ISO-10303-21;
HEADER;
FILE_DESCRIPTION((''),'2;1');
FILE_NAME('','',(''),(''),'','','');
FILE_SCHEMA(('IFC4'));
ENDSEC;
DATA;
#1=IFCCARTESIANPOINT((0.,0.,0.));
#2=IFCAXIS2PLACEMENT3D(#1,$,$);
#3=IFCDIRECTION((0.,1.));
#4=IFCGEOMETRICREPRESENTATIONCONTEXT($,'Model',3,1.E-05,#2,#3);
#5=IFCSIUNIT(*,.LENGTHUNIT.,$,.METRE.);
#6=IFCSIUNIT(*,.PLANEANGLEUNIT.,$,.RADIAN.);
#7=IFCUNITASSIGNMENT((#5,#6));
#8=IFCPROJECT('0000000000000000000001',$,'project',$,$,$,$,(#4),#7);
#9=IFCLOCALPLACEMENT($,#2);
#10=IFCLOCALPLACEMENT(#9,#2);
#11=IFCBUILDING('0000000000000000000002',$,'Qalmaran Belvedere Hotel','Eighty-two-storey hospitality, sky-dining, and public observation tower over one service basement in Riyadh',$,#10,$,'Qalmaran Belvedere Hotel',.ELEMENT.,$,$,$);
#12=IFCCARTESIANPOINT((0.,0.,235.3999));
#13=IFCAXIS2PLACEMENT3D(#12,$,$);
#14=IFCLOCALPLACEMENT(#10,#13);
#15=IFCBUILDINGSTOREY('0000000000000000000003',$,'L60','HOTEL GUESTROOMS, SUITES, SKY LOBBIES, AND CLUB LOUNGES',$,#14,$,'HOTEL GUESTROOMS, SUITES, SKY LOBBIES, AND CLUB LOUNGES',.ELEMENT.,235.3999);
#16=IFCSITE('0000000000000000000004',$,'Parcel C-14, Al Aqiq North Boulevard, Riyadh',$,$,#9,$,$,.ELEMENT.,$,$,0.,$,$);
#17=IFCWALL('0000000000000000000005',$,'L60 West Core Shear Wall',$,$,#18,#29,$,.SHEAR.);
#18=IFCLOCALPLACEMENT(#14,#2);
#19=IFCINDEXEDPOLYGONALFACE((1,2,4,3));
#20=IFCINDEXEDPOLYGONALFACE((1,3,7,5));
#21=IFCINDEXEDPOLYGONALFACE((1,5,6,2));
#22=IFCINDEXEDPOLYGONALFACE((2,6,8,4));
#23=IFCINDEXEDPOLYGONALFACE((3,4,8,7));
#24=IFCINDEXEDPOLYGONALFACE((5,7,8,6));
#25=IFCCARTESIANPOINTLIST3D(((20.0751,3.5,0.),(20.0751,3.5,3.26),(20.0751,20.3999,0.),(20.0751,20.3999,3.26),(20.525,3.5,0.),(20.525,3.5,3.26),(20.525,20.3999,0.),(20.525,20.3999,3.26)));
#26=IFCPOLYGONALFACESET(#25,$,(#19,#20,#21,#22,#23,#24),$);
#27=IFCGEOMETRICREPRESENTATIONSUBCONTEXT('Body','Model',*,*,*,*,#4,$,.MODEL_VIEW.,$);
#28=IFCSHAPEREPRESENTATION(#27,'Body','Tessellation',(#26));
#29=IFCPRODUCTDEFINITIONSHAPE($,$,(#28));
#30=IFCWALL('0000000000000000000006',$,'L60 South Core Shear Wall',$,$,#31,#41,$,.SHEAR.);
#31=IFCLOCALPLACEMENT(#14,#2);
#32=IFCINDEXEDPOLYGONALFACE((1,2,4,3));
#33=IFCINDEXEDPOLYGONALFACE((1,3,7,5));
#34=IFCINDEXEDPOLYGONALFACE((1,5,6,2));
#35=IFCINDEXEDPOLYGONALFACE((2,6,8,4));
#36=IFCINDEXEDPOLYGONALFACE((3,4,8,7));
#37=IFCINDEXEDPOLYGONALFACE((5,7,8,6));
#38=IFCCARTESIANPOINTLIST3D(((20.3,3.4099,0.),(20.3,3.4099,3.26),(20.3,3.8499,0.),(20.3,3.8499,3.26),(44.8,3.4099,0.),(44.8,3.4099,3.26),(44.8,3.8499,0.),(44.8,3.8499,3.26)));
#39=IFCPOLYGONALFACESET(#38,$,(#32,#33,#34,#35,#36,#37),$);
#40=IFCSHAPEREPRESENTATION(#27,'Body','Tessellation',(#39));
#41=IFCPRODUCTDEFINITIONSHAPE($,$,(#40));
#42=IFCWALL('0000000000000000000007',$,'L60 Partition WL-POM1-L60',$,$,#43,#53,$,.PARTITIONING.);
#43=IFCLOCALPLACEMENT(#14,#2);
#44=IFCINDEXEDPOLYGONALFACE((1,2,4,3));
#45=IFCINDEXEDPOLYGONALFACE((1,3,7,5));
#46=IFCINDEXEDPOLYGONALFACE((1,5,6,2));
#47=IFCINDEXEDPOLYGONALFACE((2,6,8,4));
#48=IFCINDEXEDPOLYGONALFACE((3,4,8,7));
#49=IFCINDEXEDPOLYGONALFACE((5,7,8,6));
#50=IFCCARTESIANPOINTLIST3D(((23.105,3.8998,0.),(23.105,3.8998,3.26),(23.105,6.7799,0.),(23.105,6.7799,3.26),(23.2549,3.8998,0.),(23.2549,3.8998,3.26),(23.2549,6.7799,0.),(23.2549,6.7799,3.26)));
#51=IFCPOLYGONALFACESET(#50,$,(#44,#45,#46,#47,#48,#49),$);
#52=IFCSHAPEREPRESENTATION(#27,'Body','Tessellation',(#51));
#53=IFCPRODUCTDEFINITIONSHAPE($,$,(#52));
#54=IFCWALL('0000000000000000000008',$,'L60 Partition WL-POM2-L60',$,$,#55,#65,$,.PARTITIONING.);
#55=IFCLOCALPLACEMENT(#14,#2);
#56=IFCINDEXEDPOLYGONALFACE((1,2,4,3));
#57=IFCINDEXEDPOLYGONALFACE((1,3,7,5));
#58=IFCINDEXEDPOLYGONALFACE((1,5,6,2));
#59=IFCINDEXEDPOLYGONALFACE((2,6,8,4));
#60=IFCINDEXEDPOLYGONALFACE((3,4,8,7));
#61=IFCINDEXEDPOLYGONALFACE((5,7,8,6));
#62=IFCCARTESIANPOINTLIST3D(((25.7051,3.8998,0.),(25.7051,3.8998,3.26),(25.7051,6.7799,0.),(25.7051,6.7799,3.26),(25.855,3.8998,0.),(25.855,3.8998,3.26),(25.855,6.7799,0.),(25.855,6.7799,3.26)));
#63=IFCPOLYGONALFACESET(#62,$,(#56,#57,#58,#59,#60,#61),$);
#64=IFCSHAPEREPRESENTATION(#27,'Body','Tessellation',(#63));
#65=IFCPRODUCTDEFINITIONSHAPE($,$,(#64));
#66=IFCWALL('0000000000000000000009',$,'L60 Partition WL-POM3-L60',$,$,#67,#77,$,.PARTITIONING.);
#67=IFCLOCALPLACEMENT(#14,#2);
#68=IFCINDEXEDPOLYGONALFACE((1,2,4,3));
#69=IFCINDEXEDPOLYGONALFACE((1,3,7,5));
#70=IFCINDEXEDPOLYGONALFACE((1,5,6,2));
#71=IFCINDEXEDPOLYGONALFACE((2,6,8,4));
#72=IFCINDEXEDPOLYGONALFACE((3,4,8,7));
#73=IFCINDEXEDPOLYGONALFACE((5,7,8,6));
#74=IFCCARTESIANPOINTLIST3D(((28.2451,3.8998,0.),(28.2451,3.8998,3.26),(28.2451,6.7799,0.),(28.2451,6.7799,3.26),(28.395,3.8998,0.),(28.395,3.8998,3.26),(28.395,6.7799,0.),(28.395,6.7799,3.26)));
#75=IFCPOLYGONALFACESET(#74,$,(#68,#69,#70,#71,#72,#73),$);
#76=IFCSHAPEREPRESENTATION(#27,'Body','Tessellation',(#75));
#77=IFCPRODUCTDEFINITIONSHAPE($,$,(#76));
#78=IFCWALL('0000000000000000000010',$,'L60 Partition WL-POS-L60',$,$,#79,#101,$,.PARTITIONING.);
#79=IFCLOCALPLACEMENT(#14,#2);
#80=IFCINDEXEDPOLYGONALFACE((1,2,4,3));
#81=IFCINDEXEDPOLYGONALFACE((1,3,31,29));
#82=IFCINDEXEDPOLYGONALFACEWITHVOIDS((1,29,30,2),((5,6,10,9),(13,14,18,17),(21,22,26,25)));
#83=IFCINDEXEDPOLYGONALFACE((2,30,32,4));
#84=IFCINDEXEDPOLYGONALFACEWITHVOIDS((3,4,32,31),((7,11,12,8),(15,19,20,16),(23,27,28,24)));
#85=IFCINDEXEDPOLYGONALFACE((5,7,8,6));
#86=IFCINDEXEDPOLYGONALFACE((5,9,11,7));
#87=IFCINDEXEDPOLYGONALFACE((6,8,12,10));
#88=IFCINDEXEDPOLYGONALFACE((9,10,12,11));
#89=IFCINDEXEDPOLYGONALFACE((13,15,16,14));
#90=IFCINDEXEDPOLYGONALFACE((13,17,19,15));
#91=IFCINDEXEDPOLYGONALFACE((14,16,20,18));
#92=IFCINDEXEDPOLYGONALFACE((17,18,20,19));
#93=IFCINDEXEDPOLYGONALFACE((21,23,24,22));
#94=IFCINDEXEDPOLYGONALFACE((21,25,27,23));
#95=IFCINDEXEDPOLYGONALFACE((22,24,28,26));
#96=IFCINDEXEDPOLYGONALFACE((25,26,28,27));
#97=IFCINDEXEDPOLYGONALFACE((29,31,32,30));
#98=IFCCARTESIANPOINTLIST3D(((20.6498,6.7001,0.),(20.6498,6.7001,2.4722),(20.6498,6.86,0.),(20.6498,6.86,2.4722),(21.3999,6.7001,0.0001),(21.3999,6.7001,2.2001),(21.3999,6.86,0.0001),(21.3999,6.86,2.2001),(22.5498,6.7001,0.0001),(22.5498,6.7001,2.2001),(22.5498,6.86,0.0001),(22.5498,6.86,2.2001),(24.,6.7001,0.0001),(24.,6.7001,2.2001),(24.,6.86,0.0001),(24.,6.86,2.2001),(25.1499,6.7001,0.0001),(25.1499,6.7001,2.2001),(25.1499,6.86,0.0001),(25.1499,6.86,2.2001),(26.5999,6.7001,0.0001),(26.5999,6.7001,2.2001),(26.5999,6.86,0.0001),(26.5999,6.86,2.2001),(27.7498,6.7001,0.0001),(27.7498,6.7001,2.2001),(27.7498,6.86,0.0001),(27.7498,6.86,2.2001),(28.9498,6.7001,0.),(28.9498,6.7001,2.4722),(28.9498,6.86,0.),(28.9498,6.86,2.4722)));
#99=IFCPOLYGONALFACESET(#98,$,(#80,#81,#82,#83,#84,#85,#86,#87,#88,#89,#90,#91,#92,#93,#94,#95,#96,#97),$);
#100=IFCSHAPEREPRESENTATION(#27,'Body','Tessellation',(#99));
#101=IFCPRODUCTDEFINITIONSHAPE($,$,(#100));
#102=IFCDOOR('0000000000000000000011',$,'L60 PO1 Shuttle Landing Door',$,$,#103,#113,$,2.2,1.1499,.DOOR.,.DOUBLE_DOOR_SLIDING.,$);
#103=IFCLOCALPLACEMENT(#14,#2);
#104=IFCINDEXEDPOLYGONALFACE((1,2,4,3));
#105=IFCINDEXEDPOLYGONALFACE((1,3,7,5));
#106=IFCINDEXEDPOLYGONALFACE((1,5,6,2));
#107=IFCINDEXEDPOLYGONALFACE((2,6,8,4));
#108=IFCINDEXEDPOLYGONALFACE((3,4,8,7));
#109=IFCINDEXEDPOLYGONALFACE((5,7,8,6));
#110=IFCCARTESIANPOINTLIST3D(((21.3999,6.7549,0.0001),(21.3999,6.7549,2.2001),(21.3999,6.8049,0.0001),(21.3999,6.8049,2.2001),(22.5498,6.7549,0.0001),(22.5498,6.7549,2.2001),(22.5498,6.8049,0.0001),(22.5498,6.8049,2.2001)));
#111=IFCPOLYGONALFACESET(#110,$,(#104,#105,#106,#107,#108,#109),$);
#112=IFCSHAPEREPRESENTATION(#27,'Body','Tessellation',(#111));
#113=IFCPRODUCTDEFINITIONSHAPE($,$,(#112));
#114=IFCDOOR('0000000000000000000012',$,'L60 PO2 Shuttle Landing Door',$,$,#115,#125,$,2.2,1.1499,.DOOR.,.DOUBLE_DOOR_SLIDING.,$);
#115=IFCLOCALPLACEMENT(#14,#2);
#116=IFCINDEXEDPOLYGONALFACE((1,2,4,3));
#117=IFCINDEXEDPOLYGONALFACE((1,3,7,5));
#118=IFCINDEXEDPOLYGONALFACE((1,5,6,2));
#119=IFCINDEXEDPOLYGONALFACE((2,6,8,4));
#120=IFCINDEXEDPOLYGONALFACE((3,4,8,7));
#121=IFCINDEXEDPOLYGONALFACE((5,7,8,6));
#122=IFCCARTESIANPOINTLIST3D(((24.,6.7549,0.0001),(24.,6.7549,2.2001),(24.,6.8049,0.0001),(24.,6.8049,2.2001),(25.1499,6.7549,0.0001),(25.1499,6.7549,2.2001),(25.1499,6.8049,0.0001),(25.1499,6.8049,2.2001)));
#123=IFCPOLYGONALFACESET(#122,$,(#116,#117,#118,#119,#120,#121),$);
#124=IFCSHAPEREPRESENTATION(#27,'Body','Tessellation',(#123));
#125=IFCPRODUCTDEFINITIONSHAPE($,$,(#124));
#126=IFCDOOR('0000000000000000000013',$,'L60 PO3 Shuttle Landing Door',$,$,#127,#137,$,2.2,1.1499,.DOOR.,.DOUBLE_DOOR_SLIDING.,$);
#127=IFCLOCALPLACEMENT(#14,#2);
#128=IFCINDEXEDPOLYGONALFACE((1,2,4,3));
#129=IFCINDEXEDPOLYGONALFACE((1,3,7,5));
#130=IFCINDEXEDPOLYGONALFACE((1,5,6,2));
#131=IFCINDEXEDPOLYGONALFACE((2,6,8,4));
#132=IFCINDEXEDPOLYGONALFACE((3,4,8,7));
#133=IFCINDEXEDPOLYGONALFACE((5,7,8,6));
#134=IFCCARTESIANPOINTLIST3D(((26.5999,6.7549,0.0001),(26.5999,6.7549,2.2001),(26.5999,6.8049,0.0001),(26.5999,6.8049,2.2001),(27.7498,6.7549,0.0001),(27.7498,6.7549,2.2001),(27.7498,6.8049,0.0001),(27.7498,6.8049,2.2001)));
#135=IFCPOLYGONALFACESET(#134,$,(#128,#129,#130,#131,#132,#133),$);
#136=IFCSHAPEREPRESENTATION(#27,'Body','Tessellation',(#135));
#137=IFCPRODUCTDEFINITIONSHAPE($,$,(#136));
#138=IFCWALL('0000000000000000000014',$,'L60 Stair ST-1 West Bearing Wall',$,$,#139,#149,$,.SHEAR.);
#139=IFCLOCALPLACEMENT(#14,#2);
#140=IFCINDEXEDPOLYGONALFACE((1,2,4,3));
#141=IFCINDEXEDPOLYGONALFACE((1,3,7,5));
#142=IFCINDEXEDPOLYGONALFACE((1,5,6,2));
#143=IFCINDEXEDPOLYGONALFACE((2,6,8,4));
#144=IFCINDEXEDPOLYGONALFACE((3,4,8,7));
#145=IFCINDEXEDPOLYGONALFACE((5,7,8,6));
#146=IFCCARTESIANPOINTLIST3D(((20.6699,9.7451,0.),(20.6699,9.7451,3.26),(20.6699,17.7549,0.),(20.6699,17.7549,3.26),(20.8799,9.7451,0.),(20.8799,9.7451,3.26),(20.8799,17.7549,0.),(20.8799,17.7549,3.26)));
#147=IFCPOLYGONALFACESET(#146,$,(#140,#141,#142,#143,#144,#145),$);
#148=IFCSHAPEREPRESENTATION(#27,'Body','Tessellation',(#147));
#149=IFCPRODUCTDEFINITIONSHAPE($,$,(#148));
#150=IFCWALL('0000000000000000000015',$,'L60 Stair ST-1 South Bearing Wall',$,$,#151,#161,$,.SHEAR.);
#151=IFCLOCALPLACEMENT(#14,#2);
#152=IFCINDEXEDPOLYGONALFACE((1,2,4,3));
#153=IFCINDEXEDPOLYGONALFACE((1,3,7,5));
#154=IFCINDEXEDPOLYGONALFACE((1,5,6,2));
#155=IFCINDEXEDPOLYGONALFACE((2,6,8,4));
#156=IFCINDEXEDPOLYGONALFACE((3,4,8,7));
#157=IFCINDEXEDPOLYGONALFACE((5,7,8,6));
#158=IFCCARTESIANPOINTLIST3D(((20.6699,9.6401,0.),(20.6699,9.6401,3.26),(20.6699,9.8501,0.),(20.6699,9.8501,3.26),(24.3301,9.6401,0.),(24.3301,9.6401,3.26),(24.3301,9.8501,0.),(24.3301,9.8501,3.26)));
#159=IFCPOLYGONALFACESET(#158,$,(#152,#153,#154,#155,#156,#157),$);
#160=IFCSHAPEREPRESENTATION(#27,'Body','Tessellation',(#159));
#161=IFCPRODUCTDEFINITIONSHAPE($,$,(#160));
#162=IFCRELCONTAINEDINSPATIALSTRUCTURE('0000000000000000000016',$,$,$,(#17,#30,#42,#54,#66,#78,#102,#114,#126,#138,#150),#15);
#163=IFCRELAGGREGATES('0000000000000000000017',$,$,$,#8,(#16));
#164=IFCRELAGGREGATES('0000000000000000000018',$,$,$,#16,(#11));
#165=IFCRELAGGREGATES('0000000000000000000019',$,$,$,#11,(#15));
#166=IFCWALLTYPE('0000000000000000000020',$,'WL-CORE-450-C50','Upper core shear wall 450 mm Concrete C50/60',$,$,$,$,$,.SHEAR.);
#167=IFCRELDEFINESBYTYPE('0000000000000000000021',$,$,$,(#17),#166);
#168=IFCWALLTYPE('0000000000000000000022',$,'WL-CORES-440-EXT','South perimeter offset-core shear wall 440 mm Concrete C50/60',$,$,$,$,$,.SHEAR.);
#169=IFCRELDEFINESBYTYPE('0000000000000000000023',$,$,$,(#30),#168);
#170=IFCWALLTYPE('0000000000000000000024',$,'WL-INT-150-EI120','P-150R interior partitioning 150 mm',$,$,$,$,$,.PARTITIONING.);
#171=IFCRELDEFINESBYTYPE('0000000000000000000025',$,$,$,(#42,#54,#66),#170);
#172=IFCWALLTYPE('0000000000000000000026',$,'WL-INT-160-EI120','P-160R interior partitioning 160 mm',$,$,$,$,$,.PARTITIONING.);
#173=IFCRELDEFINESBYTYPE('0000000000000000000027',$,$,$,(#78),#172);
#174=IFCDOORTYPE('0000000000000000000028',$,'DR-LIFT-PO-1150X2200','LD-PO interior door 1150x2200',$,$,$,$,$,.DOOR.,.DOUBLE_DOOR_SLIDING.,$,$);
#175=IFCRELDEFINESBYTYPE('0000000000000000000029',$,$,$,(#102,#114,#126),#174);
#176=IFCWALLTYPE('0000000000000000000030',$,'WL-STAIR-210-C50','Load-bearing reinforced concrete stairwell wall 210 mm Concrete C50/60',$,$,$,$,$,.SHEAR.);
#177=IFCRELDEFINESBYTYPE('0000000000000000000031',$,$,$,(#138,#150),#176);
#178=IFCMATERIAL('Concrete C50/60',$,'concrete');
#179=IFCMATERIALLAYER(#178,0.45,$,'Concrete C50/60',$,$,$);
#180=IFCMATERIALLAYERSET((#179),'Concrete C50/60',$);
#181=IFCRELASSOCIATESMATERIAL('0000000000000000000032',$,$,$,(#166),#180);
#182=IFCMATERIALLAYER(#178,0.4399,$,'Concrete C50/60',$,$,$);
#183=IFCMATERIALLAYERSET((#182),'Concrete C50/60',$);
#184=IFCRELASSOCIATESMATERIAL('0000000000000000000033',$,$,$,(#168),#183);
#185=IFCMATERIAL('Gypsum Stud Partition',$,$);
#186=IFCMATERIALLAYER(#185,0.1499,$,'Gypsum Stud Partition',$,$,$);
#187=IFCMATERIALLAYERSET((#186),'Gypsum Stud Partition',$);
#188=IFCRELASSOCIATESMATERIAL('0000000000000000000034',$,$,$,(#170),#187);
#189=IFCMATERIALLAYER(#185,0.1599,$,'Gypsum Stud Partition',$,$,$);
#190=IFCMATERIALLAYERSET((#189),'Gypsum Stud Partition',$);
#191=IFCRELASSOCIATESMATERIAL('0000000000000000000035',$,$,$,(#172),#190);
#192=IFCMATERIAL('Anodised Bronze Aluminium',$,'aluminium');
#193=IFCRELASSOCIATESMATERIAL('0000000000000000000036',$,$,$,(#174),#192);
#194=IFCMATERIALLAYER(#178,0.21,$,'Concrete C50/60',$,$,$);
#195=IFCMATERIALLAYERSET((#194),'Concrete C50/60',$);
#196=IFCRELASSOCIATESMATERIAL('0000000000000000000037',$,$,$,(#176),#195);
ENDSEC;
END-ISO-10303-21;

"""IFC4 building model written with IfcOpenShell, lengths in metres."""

from ifc_helpers import new_model, si_unit, direction, frame, frame_2d, origin, place, context, subcontext, project, spatial, rectangle, extrude, material, layer, layer_set, type_object, element, fill, save


model = new_model("IFC4")

# Units and contexts
model_context = context("Model", 3, precision=1e-05, world=origin(), true_north=direction((0.0, 1.0)))
body_context = subcontext(model_context, "Body", "Model", "MODEL_VIEW")
ifc_project = project(units=[si_unit("LENGTHUNIT", "METRE"), si_unit("PLANEANGLEUNIT", "RADIAN")], contexts=[model_context])

# Site, building, storey
site_placement = place(None, origin())
site = spatial("IfcSite", under=ifc_project, at=site_placement, Name="Parcel C-14, Al Aqiq North Boulevard, Riyadh", CompositionType="ELEMENT", RefElevation=0.0)
building_placement = place(site_placement, origin())
building = spatial("IfcBuilding", under=site, at=building_placement, Name="Qalmaran Belvedere Hotel", Description="Eighty-two-storey hospitality, sky-dining, and public observation tower over one service basement in Riyadh", LongName="Qalmaran Belvedere Hotel", CompositionType="ELEMENT")
storey_placement = place(building_placement, frame((0.0, 0.0, 235.3999)))
storey = spatial("IfcBuildingStorey", under=building, at=storey_placement, Name="L60", Description="HOTEL GUESTROOMS, SUITES, SKY LOBBIES, AND CLUB LOUNGES", LongName="HOTEL GUESTROOMS, SUITES, SKY LOBBIES, AND CLUB LOUNGES", CompositionType="ELEMENT", Elevation=235.3999)

# Shared definitions
ifc_material_1 = material(Name="Concrete C50/60", Category="concrete")

# Shared definitions
ifc_material_2 = material(Name="Anodised Bronze Aluminium", Category="aluminium")

# Walls
ifc_layer_1 = layer(ifc_material_1, 0.45, Name="Concrete C50/60")
ifc_layer_set_1 = layer_set([ifc_layer_1], Name="Concrete C50/60")
wall_type_1 = type_object("IfcWallType", Name="WL-CORE-450-C50", Description="Upper core shear wall 450 mm Concrete C50/60", PredefinedType="SHEAR", material=ifc_layer_set_1)
wall_1_placement = place(storey_placement, frame((20.3, 3.5, 0.0), z_axis=(0.0, 0.0, 1.0), x_axis=(0.0, 1.0, 0.0)))
element("IfcWall", 1, at=wall_1_placement, inside=storey, type_object=wall_type_1, Name="L60 West Core Shear Wall", PredefinedType="SHEAR", context=body_context, shape_type="SweptSolid", body=[
    extrude(rectangle(XDim=16.8999, YDim=0.45, at=frame_2d((8.45, 0.0))), origin(), (0.0, 0.0, 1.0), 3.26),
])
ifc_layer_2 = layer(ifc_material_1, 0.4399, Name="Concrete C50/60")
ifc_layer_set_2 = layer_set([ifc_layer_2], Name="Concrete C50/60")
wall_type_2 = type_object("IfcWallType", Name="WL-CORES-440-EXT", Description="South perimeter offset-core shear wall 440 mm Concrete C50/60", PredefinedType="SHEAR", material=ifc_layer_set_2)
wall_2_placement = place(storey_placement, frame((20.3, 3.6299, 0.0), z_axis=(0.0, 0.0, 1.0), x_axis=(1.0, 0.0, 0.0)))
element("IfcWall", 2, at=wall_2_placement, inside=storey, type_object=wall_type_2, Name="L60 South Core Shear Wall", PredefinedType="SHEAR", context=body_context, shape_type="SweptSolid", body=[
    extrude(rectangle(XDim=24.5, YDim=0.4399, at=frame_2d((12.25, 0.0))), origin(), (0.0, 0.0, 1.0), 3.26),
])
ifc_material_3 = material(Name="Gypsum Stud Partition")
ifc_layer_3 = layer(ifc_material_3, 0.1499, Name="Gypsum Stud Partition")
ifc_layer_set_3 = layer_set([ifc_layer_3], Name="Gypsum Stud Partition")
wall_type_3 = type_object("IfcWallType", Name="WL-INT-150-EI120", Description="P-150R interior partitioning 150 mm", PredefinedType="PARTITIONING", material=ifc_layer_set_3)
for number, where, z_axis, x_axis, name in (
    (3, (23.1799, 3.8999, 0.0), (0.0, 0.0, 1.0), (0.0, 1.0, 0.0), "L60 Partition WL-POM1-L60"),
    (4, (25.78, 3.8999, 0.0), (0.0, 0.0, 1.0), (0.0, 1.0, 0.0), "L60 Partition WL-POM2-L60"),
    (5, (28.3201, 3.8999, 0.0), (0.0, 0.0, 1.0), (0.0, 1.0, 0.0), "L60 Partition WL-POM3-L60"),
):
    element("IfcWall", number, at=place(storey_placement, frame(where, z_axis=z_axis, x_axis=x_axis)), inside=storey, type_object=wall_type_3, Name=name, PredefinedType="PARTITIONING", context=body_context, shape_type="SweptSolid", body=[
        extrude(rectangle(XDim=2.8801, YDim=0.1499, at=frame_2d((1.4399, 0.0))), origin(), (0.0, 0.0, 1.0), 3.26),
    ])

# Wall, openings, doors
ifc_layer_4 = layer(ifc_material_3, 0.1599, Name="Gypsum Stud Partition")
ifc_layer_set_4 = layer_set([ifc_layer_4], Name="Gypsum Stud Partition")
wall_type_4 = type_object("IfcWallType", Name="WL-INT-160-EI120", Description="P-160R interior partitioning 160 mm", PredefinedType="PARTITIONING", material=ifc_layer_set_4)
wall_3_placement = place(storey_placement, frame((20.6499, 6.78, 0.0), z_axis=(0.0, 0.0, 1.0), x_axis=(1.0, 0.0, 0.0)))
wall_3 = element("IfcWall", 6, at=wall_3_placement, inside=storey, type_object=wall_type_4, Name="L60 Partition WL-POS-L60", PredefinedType="PARTITIONING", context=body_context, shape_type="SweptSolid", body=[
    extrude(rectangle(XDim=8.3, YDim=0.1599, at=frame_2d((4.1499, 0.0))), origin(), (0.0, 0.0, 1.0), 2.4722),
])
opening_1_placement = place(wall_3_placement, frame((0.75, 0.0, 0.0)))
opening_1 = element("IfcOpeningElement", 7, at=opening_1_placement, cuts=wall_3, PredefinedType="OPENING", context=body_context, shape_type="SweptSolid", body=[
    extrude(rectangle(XDim=1.1499, YDim=2.2, at=frame_2d((0.575, 1.1001))), frame((0.0, 0.0898, 0.0), z_axis=(0.0, -1.0, 0.0), x_axis=(1.0, 0.0, 0.0)), (0.0, 0.0, 1.0), 0.1799),
])
opening_2_placement = place(wall_3_placement, frame((3.3501, 0.0, 0.0)))
opening_2 = element("IfcOpeningElement", 8, at=opening_2_placement, cuts=wall_3, PredefinedType="OPENING", context=body_context, shape_type="SweptSolid", body=[
    extrude(rectangle(XDim=1.1499, YDim=2.2, at=frame_2d((0.575, 1.1001))), frame((0.0, 0.0898, 0.0), z_axis=(0.0, -1.0, 0.0), x_axis=(1.0, 0.0, 0.0)), (0.0, 0.0, 1.0), 0.1799),
])
opening_3_placement = place(wall_3_placement, frame((5.95, 0.0, 0.0)))
opening_3 = element("IfcOpeningElement", 9, at=opening_3_placement, cuts=wall_3, PredefinedType="OPENING", context=body_context, shape_type="SweptSolid", body=[
    extrude(rectangle(XDim=1.1499, YDim=2.2, at=frame_2d((0.575, 1.1001))), frame((0.0, 0.0898, 0.0), z_axis=(0.0, -1.0, 0.0), x_axis=(1.0, 0.0, 0.0)), (0.0, 0.0, 1.0), 0.1799),
])
door_type_1 = type_object("IfcDoorType", Name="DR-LIFT-PO-1150X2200", Description="LD-PO interior door 1150x2200", OperationType="DOUBLE_DOOR_SLIDING", PredefinedType="DOOR", material=ifc_material_2)
door_1_placement = place(opening_1_placement, origin())
door_1 = element("IfcDoor", 10, at=door_1_placement, inside=storey, type_object=door_type_1, Name="L60 PO1 Shuttle Landing Door", OperationType="DOUBLE_DOOR_SLIDING", OverallHeight=2.2, OverallWidth=1.1499, PredefinedType="DOOR", context=body_context, shape_type="SweptSolid", body=[
    extrude(rectangle(XDim=1.1499, YDim=2.2, at=frame_2d((0.575, 1.1001))), frame((0.0, 0.0249, 0.0), z_axis=(0.0, -1.0, 0.0), x_axis=(1.0, 0.0, 0.0)), (0.0, 0.0, 1.0), 0.05),
])
fill(opening_1, door_1)
door_2_placement = place(opening_2_placement, origin())
door_2 = element("IfcDoor", 11, at=door_2_placement, inside=storey, type_object=door_type_1, Name="L60 PO2 Shuttle Landing Door", OperationType="DOUBLE_DOOR_SLIDING", OverallHeight=2.2, OverallWidth=1.1499, PredefinedType="DOOR", context=body_context, shape_type="SweptSolid", body=[
    extrude(rectangle(XDim=1.1499, YDim=2.2, at=frame_2d((0.575, 1.1001))), frame((0.0, 0.0249, 0.0), z_axis=(0.0, -1.0, 0.0), x_axis=(1.0, 0.0, 0.0)), (0.0, 0.0, 1.0), 0.05),
])
fill(opening_2, door_2)
door_3_placement = place(opening_3_placement, origin())
door_3 = element("IfcDoor", 12, at=door_3_placement, inside=storey, type_object=door_type_1, Name="L60 PO3 Shuttle Landing Door", OperationType="DOUBLE_DOOR_SLIDING", OverallHeight=2.2, OverallWidth=1.1499, PredefinedType="DOOR", context=body_context, shape_type="SweptSolid", body=[
    extrude(rectangle(XDim=1.1499, YDim=2.2, at=frame_2d((0.575, 1.1001))), frame((0.0, 0.0249, 0.0), z_axis=(0.0, -1.0, 0.0), x_axis=(1.0, 0.0, 0.0)), (0.0, 0.0, 1.0), 0.05),
])
fill(opening_3, door_3)

# Walls
ifc_layer_5 = layer(ifc_material_1, 0.21, Name="Concrete C50/60")
ifc_layer_set_5 = layer_set([ifc_layer_5], Name="Concrete C50/60")
wall_type_5 = type_object("IfcWallType", Name="WL-STAIR-210-C50", Description="Load-bearing reinforced concrete stairwell wall 210 mm Concrete C50/60", PredefinedType="SHEAR", material=ifc_layer_set_5)
wall_4_placement = place(storey_placement, frame((20.7749, 9.7451, 0.0), z_axis=(0.0, 0.0, 1.0), x_axis=(0.0, 1.0, 0.0)))
element("IfcWall", 13, at=wall_4_placement, inside=storey, type_object=wall_type_5, Name="L60 Stair ST-1 West Bearing Wall", PredefinedType="SHEAR", context=body_context, shape_type="SweptSolid", body=[
    extrude(rectangle(XDim=8.0098, YDim=0.21, at=frame_2d((4.0049, 0.0))), origin(), (0.0, 0.0, 1.0), 3.26),
])
wall_5_placement = place(storey_placement, frame((20.6699, 9.7451, 0.0), z_axis=(0.0, 0.0, 1.0), x_axis=(1.0, 0.0, 0.0)))
element("IfcWall", 14, at=wall_5_placement, inside=storey, type_object=wall_type_5, Name="L60 Stair ST-1 South Bearing Wall", PredefinedType="SHEAR", context=body_context, shape_type="SweptSolid", body=[
    extrude(rectangle(XDim=3.6602, YDim=0.21, at=frame_2d((1.8301, 0.0))), origin(), (0.0, 0.0, 1.0), 3.26),
])

save(model, "model.ifc")
